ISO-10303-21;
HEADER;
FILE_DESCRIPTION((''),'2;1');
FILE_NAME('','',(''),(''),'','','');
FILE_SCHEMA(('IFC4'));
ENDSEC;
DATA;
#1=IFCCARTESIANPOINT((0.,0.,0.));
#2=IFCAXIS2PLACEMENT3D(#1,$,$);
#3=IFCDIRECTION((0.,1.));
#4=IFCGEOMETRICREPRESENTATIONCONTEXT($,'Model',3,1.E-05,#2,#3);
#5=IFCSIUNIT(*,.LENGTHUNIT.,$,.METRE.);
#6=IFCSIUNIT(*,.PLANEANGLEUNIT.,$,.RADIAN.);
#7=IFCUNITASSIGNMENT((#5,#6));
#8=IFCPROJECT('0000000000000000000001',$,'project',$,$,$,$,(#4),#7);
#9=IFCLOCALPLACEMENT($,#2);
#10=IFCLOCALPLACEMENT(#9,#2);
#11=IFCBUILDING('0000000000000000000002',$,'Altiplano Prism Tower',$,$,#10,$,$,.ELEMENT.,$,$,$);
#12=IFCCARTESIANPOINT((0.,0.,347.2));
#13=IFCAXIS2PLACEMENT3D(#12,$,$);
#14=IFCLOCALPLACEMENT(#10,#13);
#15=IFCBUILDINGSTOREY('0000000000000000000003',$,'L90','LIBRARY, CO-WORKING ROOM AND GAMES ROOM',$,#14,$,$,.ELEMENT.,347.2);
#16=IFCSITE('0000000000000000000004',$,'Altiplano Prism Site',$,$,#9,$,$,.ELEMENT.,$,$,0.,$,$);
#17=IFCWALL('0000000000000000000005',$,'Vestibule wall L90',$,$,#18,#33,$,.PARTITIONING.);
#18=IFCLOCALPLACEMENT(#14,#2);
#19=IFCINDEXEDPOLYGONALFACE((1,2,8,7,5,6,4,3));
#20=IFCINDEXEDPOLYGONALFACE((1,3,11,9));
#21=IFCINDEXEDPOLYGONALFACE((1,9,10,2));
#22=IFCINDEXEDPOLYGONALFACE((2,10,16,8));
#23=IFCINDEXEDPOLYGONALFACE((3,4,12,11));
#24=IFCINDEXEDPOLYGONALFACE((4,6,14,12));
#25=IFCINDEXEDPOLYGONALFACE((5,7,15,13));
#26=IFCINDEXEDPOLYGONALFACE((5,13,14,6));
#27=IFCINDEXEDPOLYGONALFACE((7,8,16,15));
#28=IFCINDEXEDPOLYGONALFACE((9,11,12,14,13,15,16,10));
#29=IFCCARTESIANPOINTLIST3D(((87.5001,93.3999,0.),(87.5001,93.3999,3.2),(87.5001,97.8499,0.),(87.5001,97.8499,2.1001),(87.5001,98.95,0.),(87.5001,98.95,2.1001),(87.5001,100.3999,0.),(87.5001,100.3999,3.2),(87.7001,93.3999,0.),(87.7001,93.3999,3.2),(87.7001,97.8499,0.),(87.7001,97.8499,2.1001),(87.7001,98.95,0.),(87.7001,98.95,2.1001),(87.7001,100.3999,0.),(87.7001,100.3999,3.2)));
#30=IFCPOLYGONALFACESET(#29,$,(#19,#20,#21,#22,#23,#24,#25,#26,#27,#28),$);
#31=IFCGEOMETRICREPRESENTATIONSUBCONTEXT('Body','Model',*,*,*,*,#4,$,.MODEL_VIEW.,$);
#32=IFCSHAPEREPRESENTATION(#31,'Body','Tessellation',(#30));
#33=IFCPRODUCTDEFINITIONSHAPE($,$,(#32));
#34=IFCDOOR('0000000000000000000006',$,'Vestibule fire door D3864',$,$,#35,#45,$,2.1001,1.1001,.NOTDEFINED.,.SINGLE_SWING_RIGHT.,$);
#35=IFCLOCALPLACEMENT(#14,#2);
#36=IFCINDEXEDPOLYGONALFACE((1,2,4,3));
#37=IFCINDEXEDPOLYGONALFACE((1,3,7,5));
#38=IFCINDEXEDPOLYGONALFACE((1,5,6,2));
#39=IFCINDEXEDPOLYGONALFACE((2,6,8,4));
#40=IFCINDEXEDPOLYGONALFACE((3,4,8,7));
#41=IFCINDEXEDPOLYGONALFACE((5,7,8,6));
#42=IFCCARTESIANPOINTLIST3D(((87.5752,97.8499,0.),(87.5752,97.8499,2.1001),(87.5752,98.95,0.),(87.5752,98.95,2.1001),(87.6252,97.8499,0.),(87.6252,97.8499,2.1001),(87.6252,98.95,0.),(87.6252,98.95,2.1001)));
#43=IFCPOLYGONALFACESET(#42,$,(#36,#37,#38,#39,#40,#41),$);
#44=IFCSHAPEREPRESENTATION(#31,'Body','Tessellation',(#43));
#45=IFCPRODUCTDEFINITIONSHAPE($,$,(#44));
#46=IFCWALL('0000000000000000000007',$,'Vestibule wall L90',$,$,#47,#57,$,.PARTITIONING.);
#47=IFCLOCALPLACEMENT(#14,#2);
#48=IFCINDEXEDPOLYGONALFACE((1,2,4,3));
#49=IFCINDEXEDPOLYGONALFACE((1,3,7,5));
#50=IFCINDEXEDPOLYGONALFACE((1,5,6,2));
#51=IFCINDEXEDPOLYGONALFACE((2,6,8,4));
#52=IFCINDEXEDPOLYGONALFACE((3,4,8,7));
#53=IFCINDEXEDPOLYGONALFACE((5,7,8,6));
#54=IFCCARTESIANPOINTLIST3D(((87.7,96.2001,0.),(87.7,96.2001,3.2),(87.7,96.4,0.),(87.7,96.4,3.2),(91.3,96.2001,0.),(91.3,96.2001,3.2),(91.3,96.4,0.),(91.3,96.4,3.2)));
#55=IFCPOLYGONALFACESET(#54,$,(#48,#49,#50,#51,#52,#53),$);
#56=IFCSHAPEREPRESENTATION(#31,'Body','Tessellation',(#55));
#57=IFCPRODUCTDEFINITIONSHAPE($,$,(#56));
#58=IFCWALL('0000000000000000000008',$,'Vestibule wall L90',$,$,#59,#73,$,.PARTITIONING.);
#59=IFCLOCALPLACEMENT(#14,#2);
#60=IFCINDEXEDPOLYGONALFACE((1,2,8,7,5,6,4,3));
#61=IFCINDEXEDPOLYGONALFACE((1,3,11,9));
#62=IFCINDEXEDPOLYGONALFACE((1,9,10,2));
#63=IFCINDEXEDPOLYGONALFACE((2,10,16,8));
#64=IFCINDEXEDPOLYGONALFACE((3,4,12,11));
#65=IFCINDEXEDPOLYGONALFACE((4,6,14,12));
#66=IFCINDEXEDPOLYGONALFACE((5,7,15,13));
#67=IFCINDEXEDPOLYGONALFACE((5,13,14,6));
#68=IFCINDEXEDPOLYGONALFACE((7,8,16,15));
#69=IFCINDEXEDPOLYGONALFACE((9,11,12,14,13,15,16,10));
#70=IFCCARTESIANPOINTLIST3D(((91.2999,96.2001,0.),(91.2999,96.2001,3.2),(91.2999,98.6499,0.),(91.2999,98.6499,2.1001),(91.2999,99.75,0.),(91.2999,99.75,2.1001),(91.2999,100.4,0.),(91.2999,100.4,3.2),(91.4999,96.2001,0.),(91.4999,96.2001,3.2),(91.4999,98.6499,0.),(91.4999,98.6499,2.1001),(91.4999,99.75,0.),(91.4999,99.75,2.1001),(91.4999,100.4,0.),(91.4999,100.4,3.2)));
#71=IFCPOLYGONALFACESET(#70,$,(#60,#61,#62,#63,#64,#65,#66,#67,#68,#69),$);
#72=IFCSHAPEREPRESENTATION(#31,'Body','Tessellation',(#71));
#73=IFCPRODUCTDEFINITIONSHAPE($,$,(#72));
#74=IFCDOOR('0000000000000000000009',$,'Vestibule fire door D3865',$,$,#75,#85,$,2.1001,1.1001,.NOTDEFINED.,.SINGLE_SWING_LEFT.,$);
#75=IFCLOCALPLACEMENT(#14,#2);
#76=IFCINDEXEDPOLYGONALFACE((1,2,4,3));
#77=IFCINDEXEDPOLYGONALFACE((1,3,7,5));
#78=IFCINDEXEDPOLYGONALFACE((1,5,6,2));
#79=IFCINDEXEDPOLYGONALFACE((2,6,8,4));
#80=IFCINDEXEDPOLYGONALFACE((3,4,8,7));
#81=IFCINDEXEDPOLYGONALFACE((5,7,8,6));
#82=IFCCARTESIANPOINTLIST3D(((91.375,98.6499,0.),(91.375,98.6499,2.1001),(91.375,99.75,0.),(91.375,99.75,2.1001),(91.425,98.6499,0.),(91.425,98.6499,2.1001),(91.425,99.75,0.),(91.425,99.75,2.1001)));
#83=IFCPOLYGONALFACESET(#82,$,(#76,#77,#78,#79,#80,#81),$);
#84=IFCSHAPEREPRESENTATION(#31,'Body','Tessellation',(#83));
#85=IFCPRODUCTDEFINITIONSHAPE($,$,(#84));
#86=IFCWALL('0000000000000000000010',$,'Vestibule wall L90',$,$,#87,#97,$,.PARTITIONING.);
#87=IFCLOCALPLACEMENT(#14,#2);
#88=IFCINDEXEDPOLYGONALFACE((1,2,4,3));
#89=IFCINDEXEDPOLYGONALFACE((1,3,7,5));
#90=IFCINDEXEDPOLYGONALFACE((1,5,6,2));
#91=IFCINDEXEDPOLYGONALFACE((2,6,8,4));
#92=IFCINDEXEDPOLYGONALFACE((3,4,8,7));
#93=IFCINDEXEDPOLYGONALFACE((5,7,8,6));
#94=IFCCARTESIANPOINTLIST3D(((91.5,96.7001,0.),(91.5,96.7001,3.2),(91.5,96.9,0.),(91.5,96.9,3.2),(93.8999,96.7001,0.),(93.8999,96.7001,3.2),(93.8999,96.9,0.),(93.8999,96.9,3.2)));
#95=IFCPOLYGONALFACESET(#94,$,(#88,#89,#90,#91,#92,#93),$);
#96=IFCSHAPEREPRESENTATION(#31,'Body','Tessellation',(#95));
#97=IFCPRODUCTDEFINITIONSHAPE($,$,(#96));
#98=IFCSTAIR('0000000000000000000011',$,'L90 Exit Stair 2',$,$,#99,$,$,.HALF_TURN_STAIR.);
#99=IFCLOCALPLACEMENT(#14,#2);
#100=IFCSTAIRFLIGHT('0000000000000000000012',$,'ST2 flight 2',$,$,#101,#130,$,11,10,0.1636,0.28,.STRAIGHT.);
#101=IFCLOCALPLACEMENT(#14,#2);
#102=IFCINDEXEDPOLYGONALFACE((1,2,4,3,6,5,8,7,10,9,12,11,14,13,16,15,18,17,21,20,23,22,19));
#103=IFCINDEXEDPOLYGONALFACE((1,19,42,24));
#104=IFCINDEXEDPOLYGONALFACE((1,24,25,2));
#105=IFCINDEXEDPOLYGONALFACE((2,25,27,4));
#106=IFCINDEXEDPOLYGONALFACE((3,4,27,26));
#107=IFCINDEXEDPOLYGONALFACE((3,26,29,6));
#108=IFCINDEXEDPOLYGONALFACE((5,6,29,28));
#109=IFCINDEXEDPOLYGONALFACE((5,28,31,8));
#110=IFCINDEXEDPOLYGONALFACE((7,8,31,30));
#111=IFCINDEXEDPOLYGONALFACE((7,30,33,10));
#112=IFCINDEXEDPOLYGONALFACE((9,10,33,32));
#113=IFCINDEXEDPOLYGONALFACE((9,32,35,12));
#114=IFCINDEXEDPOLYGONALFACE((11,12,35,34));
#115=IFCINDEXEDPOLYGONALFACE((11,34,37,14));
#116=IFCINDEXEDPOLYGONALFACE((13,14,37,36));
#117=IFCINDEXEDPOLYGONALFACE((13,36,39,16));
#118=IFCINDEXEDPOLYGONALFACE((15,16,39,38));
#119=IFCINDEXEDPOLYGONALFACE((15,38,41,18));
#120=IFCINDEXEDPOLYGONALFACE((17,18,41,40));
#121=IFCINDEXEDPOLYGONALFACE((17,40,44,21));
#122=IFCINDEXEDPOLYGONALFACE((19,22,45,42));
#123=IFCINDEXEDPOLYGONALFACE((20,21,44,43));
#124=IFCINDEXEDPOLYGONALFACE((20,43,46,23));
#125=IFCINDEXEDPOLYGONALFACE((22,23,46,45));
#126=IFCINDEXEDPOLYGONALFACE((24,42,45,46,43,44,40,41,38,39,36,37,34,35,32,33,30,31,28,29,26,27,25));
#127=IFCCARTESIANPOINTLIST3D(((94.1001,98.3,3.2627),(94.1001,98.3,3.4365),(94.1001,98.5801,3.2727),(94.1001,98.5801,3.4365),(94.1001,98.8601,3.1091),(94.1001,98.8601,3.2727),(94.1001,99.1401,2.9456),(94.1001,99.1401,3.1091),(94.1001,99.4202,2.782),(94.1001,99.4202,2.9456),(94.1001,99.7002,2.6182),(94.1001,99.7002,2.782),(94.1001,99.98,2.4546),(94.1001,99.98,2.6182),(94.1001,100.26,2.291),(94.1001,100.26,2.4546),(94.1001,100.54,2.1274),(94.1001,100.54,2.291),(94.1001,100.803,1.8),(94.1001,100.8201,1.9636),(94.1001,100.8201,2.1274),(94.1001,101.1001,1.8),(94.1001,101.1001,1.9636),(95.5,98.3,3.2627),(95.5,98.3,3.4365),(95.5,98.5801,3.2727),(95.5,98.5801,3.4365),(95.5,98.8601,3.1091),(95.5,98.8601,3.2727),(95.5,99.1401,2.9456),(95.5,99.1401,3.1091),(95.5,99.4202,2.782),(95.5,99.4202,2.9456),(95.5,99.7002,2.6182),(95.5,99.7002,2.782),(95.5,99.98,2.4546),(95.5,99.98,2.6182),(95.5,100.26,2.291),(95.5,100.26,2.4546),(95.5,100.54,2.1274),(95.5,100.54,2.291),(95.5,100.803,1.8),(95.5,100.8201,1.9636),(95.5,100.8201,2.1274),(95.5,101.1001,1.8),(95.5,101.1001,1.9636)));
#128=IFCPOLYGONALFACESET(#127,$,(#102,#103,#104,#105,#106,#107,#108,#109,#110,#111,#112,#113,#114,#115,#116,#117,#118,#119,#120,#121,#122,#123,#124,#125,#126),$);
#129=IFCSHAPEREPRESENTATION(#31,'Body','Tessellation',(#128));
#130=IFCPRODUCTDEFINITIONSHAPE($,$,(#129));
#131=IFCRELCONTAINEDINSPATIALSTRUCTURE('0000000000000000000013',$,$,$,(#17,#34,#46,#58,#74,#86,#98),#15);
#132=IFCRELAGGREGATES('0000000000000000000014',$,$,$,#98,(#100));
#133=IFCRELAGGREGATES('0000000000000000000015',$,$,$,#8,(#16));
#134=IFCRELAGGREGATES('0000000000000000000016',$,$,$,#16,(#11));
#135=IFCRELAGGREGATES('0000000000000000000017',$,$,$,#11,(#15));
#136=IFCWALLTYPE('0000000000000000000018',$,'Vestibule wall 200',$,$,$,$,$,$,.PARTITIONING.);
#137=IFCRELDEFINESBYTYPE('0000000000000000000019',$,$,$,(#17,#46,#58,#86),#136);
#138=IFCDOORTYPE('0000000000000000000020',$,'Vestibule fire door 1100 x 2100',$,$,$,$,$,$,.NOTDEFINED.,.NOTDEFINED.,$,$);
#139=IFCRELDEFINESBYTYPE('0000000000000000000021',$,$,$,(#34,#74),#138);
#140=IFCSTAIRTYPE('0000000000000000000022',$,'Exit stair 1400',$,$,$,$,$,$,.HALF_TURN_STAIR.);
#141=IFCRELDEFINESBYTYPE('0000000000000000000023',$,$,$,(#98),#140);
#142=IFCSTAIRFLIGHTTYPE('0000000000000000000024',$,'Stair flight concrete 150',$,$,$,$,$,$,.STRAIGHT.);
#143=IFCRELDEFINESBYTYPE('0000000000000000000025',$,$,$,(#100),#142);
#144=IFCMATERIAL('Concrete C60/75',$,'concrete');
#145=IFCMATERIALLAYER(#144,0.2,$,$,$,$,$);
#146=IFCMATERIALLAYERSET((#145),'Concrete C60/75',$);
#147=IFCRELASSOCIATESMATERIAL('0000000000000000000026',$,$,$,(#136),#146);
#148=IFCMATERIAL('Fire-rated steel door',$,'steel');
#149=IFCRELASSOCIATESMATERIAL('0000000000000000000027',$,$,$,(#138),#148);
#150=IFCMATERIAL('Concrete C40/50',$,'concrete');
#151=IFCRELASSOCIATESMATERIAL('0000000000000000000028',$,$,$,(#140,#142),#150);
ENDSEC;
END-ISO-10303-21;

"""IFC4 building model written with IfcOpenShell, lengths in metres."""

from ifc_helpers import new_model, si_unit, direction, frame, frame_2d, origin, place, context, subcontext, project, spatial, polyline, rectangle, outline, extrude, material, layer, layer_set, type_object, element, fill, aggregate, save


model = new_model("IFC4")

# Units and contexts
model_context = context("Model", 3, precision=1e-05, world=origin(), true_north=direction((0.0, 1.0)))
body_context = subcontext(model_context, "Body", "Model", "MODEL_VIEW")
ifc_project = project(units=[si_unit("LENGTHUNIT", "METRE"), si_unit("PLANEANGLEUNIT", "RADIAN")], contexts=[model_context])

# Site, building, storey
site_placement = place(None, origin())
site = spatial("IfcSite", under=ifc_project, at=site_placement, Name="Altiplano Prism Site", CompositionType="ELEMENT", RefElevation=0.0)
building_placement = place(site_placement, origin())
building = spatial("IfcBuilding", under=site, at=building_placement, Name="Altiplano Prism Tower", CompositionType="ELEMENT")
storey_placement = place(building_placement, frame((0.0, 0.0, 347.2)))
storey = spatial("IfcBuildingStorey", under=building, at=storey_placement, Name="L90", Description="LIBRARY, CO-WORKING ROOM AND GAMES ROOM", CompositionType="ELEMENT", Elevation=347.2)

# Shared definitions
ifc_material_1 = material(Name="Concrete C60/75", Category="concrete")

# Shared definitions
ifc_material_2 = material(Name="Fire-rated steel door", Category="steel")

# Wall, opening, door
ifc_layer_1 = layer(ifc_material_1, 0.2)
ifc_layer_set_1 = layer_set([ifc_layer_1], Name="Concrete C60/75")
wall_type_1 = type_object("IfcWallType", Name="Vestibule wall 200", PredefinedType="PARTITIONING", material=ifc_layer_set_1)
wall_1_placement = place(storey_placement, frame((87.6001, 93.3999, 0.0), z_axis=(0.0, 0.0, 1.0), x_axis=(0.0, 1.0, 0.0)))
wall_1 = element("IfcWall", 1, at=wall_1_placement, inside=storey, type_object=wall_type_1, Name="Vestibule wall L90", PredefinedType="PARTITIONING", context=body_context, shape_type="SweptSolid", body=[
    extrude(rectangle(XDim=7.0, YDim=0.2, at=frame_2d((3.5, 0.0))), origin(), (0.0, 0.0, 1.0), 3.2),
])
opening_1_placement = place(wall_1_placement, frame((4.45, 0.0, 0.0)))
opening_1 = element("IfcOpeningElement", 2, at=opening_1_placement, cuts=wall_1, PredefinedType="OPENING", context=body_context, shape_type="SweptSolid", body=[
    extrude(rectangle(XDim=1.1001, YDim=2.1001, at=frame_2d((0.55, 1.05))), frame((0.0, 0.1104, 0.0), z_axis=(0.0, -1.0, 0.0), x_axis=(1.0, 0.0, 0.0)), (0.0, 0.0, 1.0), 0.2209),
])
door_type_1 = type_object("IfcDoorType", Name="Vestibule fire door 1100 x 2100", OperationType="NOTDEFINED", PredefinedType="NOTDEFINED", material=ifc_material_2)
door_1_placement = place(opening_1_placement, origin())
door_1 = element("IfcDoor", 3, at=door_1_placement, inside=storey, type_object=door_type_1, Name="Vestibule fire door D3864", OperationType="SINGLE_SWING_RIGHT", OverallHeight=2.1001, OverallWidth=1.1001, PredefinedType="NOTDEFINED", context=body_context, shape_type="SweptSolid", body=[
    extrude(rectangle(XDim=1.1001, YDim=2.1001, at=frame_2d((0.55, 1.05))), frame((0.0, 0.0249, 0.0), z_axis=(0.0, -1.0, 0.0), x_axis=(1.0, 0.0, 0.0)), (0.0, 0.0, 1.0), 0.05),
])
fill(opening_1, door_1)

# Wall
wall_2_placement = place(storey_placement, frame((87.7, 96.3, 0.0), z_axis=(0.0, 0.0, 1.0), x_axis=(1.0, 0.0, 0.0)))
element("IfcWall", 4, at=wall_2_placement, inside=storey, type_object=wall_type_1, Name="Vestibule wall L90", PredefinedType="PARTITIONING", context=body_context, shape_type="SweptSolid", body=[
    extrude(rectangle(XDim=3.6001, YDim=0.2, at=frame_2d((1.8, 0.0))), origin(), (0.0, 0.0, 1.0), 3.2),
])

# Wall, opening, door
wall_3_placement = place(storey_placement, frame((91.3999, 96.2, 0.0), z_axis=(0.0, 0.0, 1.0), x_axis=(0.0, 1.0, 0.0)))
wall_3 = element("IfcWall", 5, at=wall_3_placement, inside=storey, type_object=wall_type_1, Name="Vestibule wall L90", PredefinedType="PARTITIONING", context=body_context, shape_type="SweptSolid", body=[
    extrude(rectangle(XDim=4.2, YDim=0.2, at=frame_2d((2.1001, 0.0))), origin(), (0.0, 0.0, 1.0), 3.2),
])
opening_2_placement = place(wall_3_placement, frame((2.45, 0.0, 0.0)))
opening_2 = element("IfcOpeningElement", 6, at=opening_2_placement, cuts=wall_3, PredefinedType="OPENING", context=body_context, shape_type="SweptSolid", body=[
    extrude(rectangle(XDim=1.1001, YDim=2.1001, at=frame_2d((0.55, 1.05))), frame((0.0, 0.1104, 0.0), z_axis=(0.0, -1.0, 0.0), x_axis=(1.0, 0.0, 0.0)), (0.0, 0.0, 1.0), 0.2209),
])
door_2_placement = place(opening_2_placement, origin())
door_2 = element("IfcDoor", 7, at=door_2_placement, inside=storey, type_object=door_type_1, Name="Vestibule fire door D3865", OperationType="SINGLE_SWING_LEFT", OverallHeight=2.1001, OverallWidth=1.1001, PredefinedType="NOTDEFINED", context=body_context, shape_type="SweptSolid", body=[
    extrude(rectangle(XDim=1.1001, YDim=2.1001, at=frame_2d((0.55, 1.05))), frame((0.0, 0.0249, 0.0), z_axis=(0.0, -1.0, 0.0), x_axis=(1.0, 0.0, 0.0)), (0.0, 0.0, 1.0), 0.05),
])
fill(opening_2, door_2)

# Wall
wall_4_placement = place(storey_placement, frame((91.5, 96.8, 0.0), z_axis=(0.0, 0.0, 1.0), x_axis=(1.0, 0.0, 0.0)))
element("IfcWall", 8, at=wall_4_placement, inside=storey, type_object=wall_type_1, Name="Vestibule wall L90", PredefinedType="PARTITIONING", context=body_context, shape_type="SweptSolid", body=[
    extrude(rectangle(XDim=2.3999, YDim=0.2, at=frame_2d((1.2, 0.0))), origin(), (0.0, 0.0, 1.0), 3.2),
])

# Stair, stair flight
ifc_material_3 = material(Name="Concrete C40/50", Category="concrete")
stair_type = type_object("IfcStairType", Name="Exit stair 1400", PredefinedType="HALF_TURN_STAIR", material=ifc_material_3)
stair_placement = place(storey_placement, origin())
stair = element("IfcStair", 9, at=stair_placement, inside=storey, type_object=stair_type, Name="L90 Exit Stair 2", PredefinedType="HALF_TURN_STAIR")
stair_flight_type = type_object("IfcStairFlightType", Name="Stair flight concrete 150", PredefinedType="STRAIGHT", material=ifc_material_3)
stair_flight_placement = place(storey_placement, frame((94.8, 101.1001, 1.8), z_axis=(0.0, 0.0, 1.0), x_axis=(0.0, -1.0, 0.0)))
stair_flight = element("IfcStairFlight", 10, at=stair_flight_placement, type_object=stair_flight_type, Name="ST2 flight 2", NumberOfRisers=11, NumberOfTreads=10, PredefinedType="STRAIGHT", RiserHeight=0.1636, TreadLength=0.28, context=body_context, shape_type="SweptSolid", body=[
    extrude(outline(polyline([(0.0, 0.0), (0.0, 0.1636), (0.28, 0.1636), (0.28, 0.3274), (0.5601, 0.3274), (0.5601, 0.491), (0.8401, 0.491), (0.8401, 0.6545), (1.1201, 0.6545), (1.1201, 0.8181), (1.3999, 0.8181), (1.3999, 0.9819), (1.6799, 0.9819), (1.6799, 1.1455), (1.96, 1.1455), (1.96, 1.3091), (2.24, 1.3091), (2.24, 1.4727), (2.52, 1.4727), (2.52, 1.6365), (2.8, 1.6365), (2.8, 1.8), (2.8, 1.4626), (0.2971, 0.0), (0.0, 0.0)])), frame((0.0, 0.7, 0.0), z_axis=(0.0, -1.0, 0.0), x_axis=(1.0, 0.0, 0.0)), (0.0, 0.0, 1.0), 1.3999),
])
aggregate(stair, [stair_flight])

save(model, "model.ifc")
